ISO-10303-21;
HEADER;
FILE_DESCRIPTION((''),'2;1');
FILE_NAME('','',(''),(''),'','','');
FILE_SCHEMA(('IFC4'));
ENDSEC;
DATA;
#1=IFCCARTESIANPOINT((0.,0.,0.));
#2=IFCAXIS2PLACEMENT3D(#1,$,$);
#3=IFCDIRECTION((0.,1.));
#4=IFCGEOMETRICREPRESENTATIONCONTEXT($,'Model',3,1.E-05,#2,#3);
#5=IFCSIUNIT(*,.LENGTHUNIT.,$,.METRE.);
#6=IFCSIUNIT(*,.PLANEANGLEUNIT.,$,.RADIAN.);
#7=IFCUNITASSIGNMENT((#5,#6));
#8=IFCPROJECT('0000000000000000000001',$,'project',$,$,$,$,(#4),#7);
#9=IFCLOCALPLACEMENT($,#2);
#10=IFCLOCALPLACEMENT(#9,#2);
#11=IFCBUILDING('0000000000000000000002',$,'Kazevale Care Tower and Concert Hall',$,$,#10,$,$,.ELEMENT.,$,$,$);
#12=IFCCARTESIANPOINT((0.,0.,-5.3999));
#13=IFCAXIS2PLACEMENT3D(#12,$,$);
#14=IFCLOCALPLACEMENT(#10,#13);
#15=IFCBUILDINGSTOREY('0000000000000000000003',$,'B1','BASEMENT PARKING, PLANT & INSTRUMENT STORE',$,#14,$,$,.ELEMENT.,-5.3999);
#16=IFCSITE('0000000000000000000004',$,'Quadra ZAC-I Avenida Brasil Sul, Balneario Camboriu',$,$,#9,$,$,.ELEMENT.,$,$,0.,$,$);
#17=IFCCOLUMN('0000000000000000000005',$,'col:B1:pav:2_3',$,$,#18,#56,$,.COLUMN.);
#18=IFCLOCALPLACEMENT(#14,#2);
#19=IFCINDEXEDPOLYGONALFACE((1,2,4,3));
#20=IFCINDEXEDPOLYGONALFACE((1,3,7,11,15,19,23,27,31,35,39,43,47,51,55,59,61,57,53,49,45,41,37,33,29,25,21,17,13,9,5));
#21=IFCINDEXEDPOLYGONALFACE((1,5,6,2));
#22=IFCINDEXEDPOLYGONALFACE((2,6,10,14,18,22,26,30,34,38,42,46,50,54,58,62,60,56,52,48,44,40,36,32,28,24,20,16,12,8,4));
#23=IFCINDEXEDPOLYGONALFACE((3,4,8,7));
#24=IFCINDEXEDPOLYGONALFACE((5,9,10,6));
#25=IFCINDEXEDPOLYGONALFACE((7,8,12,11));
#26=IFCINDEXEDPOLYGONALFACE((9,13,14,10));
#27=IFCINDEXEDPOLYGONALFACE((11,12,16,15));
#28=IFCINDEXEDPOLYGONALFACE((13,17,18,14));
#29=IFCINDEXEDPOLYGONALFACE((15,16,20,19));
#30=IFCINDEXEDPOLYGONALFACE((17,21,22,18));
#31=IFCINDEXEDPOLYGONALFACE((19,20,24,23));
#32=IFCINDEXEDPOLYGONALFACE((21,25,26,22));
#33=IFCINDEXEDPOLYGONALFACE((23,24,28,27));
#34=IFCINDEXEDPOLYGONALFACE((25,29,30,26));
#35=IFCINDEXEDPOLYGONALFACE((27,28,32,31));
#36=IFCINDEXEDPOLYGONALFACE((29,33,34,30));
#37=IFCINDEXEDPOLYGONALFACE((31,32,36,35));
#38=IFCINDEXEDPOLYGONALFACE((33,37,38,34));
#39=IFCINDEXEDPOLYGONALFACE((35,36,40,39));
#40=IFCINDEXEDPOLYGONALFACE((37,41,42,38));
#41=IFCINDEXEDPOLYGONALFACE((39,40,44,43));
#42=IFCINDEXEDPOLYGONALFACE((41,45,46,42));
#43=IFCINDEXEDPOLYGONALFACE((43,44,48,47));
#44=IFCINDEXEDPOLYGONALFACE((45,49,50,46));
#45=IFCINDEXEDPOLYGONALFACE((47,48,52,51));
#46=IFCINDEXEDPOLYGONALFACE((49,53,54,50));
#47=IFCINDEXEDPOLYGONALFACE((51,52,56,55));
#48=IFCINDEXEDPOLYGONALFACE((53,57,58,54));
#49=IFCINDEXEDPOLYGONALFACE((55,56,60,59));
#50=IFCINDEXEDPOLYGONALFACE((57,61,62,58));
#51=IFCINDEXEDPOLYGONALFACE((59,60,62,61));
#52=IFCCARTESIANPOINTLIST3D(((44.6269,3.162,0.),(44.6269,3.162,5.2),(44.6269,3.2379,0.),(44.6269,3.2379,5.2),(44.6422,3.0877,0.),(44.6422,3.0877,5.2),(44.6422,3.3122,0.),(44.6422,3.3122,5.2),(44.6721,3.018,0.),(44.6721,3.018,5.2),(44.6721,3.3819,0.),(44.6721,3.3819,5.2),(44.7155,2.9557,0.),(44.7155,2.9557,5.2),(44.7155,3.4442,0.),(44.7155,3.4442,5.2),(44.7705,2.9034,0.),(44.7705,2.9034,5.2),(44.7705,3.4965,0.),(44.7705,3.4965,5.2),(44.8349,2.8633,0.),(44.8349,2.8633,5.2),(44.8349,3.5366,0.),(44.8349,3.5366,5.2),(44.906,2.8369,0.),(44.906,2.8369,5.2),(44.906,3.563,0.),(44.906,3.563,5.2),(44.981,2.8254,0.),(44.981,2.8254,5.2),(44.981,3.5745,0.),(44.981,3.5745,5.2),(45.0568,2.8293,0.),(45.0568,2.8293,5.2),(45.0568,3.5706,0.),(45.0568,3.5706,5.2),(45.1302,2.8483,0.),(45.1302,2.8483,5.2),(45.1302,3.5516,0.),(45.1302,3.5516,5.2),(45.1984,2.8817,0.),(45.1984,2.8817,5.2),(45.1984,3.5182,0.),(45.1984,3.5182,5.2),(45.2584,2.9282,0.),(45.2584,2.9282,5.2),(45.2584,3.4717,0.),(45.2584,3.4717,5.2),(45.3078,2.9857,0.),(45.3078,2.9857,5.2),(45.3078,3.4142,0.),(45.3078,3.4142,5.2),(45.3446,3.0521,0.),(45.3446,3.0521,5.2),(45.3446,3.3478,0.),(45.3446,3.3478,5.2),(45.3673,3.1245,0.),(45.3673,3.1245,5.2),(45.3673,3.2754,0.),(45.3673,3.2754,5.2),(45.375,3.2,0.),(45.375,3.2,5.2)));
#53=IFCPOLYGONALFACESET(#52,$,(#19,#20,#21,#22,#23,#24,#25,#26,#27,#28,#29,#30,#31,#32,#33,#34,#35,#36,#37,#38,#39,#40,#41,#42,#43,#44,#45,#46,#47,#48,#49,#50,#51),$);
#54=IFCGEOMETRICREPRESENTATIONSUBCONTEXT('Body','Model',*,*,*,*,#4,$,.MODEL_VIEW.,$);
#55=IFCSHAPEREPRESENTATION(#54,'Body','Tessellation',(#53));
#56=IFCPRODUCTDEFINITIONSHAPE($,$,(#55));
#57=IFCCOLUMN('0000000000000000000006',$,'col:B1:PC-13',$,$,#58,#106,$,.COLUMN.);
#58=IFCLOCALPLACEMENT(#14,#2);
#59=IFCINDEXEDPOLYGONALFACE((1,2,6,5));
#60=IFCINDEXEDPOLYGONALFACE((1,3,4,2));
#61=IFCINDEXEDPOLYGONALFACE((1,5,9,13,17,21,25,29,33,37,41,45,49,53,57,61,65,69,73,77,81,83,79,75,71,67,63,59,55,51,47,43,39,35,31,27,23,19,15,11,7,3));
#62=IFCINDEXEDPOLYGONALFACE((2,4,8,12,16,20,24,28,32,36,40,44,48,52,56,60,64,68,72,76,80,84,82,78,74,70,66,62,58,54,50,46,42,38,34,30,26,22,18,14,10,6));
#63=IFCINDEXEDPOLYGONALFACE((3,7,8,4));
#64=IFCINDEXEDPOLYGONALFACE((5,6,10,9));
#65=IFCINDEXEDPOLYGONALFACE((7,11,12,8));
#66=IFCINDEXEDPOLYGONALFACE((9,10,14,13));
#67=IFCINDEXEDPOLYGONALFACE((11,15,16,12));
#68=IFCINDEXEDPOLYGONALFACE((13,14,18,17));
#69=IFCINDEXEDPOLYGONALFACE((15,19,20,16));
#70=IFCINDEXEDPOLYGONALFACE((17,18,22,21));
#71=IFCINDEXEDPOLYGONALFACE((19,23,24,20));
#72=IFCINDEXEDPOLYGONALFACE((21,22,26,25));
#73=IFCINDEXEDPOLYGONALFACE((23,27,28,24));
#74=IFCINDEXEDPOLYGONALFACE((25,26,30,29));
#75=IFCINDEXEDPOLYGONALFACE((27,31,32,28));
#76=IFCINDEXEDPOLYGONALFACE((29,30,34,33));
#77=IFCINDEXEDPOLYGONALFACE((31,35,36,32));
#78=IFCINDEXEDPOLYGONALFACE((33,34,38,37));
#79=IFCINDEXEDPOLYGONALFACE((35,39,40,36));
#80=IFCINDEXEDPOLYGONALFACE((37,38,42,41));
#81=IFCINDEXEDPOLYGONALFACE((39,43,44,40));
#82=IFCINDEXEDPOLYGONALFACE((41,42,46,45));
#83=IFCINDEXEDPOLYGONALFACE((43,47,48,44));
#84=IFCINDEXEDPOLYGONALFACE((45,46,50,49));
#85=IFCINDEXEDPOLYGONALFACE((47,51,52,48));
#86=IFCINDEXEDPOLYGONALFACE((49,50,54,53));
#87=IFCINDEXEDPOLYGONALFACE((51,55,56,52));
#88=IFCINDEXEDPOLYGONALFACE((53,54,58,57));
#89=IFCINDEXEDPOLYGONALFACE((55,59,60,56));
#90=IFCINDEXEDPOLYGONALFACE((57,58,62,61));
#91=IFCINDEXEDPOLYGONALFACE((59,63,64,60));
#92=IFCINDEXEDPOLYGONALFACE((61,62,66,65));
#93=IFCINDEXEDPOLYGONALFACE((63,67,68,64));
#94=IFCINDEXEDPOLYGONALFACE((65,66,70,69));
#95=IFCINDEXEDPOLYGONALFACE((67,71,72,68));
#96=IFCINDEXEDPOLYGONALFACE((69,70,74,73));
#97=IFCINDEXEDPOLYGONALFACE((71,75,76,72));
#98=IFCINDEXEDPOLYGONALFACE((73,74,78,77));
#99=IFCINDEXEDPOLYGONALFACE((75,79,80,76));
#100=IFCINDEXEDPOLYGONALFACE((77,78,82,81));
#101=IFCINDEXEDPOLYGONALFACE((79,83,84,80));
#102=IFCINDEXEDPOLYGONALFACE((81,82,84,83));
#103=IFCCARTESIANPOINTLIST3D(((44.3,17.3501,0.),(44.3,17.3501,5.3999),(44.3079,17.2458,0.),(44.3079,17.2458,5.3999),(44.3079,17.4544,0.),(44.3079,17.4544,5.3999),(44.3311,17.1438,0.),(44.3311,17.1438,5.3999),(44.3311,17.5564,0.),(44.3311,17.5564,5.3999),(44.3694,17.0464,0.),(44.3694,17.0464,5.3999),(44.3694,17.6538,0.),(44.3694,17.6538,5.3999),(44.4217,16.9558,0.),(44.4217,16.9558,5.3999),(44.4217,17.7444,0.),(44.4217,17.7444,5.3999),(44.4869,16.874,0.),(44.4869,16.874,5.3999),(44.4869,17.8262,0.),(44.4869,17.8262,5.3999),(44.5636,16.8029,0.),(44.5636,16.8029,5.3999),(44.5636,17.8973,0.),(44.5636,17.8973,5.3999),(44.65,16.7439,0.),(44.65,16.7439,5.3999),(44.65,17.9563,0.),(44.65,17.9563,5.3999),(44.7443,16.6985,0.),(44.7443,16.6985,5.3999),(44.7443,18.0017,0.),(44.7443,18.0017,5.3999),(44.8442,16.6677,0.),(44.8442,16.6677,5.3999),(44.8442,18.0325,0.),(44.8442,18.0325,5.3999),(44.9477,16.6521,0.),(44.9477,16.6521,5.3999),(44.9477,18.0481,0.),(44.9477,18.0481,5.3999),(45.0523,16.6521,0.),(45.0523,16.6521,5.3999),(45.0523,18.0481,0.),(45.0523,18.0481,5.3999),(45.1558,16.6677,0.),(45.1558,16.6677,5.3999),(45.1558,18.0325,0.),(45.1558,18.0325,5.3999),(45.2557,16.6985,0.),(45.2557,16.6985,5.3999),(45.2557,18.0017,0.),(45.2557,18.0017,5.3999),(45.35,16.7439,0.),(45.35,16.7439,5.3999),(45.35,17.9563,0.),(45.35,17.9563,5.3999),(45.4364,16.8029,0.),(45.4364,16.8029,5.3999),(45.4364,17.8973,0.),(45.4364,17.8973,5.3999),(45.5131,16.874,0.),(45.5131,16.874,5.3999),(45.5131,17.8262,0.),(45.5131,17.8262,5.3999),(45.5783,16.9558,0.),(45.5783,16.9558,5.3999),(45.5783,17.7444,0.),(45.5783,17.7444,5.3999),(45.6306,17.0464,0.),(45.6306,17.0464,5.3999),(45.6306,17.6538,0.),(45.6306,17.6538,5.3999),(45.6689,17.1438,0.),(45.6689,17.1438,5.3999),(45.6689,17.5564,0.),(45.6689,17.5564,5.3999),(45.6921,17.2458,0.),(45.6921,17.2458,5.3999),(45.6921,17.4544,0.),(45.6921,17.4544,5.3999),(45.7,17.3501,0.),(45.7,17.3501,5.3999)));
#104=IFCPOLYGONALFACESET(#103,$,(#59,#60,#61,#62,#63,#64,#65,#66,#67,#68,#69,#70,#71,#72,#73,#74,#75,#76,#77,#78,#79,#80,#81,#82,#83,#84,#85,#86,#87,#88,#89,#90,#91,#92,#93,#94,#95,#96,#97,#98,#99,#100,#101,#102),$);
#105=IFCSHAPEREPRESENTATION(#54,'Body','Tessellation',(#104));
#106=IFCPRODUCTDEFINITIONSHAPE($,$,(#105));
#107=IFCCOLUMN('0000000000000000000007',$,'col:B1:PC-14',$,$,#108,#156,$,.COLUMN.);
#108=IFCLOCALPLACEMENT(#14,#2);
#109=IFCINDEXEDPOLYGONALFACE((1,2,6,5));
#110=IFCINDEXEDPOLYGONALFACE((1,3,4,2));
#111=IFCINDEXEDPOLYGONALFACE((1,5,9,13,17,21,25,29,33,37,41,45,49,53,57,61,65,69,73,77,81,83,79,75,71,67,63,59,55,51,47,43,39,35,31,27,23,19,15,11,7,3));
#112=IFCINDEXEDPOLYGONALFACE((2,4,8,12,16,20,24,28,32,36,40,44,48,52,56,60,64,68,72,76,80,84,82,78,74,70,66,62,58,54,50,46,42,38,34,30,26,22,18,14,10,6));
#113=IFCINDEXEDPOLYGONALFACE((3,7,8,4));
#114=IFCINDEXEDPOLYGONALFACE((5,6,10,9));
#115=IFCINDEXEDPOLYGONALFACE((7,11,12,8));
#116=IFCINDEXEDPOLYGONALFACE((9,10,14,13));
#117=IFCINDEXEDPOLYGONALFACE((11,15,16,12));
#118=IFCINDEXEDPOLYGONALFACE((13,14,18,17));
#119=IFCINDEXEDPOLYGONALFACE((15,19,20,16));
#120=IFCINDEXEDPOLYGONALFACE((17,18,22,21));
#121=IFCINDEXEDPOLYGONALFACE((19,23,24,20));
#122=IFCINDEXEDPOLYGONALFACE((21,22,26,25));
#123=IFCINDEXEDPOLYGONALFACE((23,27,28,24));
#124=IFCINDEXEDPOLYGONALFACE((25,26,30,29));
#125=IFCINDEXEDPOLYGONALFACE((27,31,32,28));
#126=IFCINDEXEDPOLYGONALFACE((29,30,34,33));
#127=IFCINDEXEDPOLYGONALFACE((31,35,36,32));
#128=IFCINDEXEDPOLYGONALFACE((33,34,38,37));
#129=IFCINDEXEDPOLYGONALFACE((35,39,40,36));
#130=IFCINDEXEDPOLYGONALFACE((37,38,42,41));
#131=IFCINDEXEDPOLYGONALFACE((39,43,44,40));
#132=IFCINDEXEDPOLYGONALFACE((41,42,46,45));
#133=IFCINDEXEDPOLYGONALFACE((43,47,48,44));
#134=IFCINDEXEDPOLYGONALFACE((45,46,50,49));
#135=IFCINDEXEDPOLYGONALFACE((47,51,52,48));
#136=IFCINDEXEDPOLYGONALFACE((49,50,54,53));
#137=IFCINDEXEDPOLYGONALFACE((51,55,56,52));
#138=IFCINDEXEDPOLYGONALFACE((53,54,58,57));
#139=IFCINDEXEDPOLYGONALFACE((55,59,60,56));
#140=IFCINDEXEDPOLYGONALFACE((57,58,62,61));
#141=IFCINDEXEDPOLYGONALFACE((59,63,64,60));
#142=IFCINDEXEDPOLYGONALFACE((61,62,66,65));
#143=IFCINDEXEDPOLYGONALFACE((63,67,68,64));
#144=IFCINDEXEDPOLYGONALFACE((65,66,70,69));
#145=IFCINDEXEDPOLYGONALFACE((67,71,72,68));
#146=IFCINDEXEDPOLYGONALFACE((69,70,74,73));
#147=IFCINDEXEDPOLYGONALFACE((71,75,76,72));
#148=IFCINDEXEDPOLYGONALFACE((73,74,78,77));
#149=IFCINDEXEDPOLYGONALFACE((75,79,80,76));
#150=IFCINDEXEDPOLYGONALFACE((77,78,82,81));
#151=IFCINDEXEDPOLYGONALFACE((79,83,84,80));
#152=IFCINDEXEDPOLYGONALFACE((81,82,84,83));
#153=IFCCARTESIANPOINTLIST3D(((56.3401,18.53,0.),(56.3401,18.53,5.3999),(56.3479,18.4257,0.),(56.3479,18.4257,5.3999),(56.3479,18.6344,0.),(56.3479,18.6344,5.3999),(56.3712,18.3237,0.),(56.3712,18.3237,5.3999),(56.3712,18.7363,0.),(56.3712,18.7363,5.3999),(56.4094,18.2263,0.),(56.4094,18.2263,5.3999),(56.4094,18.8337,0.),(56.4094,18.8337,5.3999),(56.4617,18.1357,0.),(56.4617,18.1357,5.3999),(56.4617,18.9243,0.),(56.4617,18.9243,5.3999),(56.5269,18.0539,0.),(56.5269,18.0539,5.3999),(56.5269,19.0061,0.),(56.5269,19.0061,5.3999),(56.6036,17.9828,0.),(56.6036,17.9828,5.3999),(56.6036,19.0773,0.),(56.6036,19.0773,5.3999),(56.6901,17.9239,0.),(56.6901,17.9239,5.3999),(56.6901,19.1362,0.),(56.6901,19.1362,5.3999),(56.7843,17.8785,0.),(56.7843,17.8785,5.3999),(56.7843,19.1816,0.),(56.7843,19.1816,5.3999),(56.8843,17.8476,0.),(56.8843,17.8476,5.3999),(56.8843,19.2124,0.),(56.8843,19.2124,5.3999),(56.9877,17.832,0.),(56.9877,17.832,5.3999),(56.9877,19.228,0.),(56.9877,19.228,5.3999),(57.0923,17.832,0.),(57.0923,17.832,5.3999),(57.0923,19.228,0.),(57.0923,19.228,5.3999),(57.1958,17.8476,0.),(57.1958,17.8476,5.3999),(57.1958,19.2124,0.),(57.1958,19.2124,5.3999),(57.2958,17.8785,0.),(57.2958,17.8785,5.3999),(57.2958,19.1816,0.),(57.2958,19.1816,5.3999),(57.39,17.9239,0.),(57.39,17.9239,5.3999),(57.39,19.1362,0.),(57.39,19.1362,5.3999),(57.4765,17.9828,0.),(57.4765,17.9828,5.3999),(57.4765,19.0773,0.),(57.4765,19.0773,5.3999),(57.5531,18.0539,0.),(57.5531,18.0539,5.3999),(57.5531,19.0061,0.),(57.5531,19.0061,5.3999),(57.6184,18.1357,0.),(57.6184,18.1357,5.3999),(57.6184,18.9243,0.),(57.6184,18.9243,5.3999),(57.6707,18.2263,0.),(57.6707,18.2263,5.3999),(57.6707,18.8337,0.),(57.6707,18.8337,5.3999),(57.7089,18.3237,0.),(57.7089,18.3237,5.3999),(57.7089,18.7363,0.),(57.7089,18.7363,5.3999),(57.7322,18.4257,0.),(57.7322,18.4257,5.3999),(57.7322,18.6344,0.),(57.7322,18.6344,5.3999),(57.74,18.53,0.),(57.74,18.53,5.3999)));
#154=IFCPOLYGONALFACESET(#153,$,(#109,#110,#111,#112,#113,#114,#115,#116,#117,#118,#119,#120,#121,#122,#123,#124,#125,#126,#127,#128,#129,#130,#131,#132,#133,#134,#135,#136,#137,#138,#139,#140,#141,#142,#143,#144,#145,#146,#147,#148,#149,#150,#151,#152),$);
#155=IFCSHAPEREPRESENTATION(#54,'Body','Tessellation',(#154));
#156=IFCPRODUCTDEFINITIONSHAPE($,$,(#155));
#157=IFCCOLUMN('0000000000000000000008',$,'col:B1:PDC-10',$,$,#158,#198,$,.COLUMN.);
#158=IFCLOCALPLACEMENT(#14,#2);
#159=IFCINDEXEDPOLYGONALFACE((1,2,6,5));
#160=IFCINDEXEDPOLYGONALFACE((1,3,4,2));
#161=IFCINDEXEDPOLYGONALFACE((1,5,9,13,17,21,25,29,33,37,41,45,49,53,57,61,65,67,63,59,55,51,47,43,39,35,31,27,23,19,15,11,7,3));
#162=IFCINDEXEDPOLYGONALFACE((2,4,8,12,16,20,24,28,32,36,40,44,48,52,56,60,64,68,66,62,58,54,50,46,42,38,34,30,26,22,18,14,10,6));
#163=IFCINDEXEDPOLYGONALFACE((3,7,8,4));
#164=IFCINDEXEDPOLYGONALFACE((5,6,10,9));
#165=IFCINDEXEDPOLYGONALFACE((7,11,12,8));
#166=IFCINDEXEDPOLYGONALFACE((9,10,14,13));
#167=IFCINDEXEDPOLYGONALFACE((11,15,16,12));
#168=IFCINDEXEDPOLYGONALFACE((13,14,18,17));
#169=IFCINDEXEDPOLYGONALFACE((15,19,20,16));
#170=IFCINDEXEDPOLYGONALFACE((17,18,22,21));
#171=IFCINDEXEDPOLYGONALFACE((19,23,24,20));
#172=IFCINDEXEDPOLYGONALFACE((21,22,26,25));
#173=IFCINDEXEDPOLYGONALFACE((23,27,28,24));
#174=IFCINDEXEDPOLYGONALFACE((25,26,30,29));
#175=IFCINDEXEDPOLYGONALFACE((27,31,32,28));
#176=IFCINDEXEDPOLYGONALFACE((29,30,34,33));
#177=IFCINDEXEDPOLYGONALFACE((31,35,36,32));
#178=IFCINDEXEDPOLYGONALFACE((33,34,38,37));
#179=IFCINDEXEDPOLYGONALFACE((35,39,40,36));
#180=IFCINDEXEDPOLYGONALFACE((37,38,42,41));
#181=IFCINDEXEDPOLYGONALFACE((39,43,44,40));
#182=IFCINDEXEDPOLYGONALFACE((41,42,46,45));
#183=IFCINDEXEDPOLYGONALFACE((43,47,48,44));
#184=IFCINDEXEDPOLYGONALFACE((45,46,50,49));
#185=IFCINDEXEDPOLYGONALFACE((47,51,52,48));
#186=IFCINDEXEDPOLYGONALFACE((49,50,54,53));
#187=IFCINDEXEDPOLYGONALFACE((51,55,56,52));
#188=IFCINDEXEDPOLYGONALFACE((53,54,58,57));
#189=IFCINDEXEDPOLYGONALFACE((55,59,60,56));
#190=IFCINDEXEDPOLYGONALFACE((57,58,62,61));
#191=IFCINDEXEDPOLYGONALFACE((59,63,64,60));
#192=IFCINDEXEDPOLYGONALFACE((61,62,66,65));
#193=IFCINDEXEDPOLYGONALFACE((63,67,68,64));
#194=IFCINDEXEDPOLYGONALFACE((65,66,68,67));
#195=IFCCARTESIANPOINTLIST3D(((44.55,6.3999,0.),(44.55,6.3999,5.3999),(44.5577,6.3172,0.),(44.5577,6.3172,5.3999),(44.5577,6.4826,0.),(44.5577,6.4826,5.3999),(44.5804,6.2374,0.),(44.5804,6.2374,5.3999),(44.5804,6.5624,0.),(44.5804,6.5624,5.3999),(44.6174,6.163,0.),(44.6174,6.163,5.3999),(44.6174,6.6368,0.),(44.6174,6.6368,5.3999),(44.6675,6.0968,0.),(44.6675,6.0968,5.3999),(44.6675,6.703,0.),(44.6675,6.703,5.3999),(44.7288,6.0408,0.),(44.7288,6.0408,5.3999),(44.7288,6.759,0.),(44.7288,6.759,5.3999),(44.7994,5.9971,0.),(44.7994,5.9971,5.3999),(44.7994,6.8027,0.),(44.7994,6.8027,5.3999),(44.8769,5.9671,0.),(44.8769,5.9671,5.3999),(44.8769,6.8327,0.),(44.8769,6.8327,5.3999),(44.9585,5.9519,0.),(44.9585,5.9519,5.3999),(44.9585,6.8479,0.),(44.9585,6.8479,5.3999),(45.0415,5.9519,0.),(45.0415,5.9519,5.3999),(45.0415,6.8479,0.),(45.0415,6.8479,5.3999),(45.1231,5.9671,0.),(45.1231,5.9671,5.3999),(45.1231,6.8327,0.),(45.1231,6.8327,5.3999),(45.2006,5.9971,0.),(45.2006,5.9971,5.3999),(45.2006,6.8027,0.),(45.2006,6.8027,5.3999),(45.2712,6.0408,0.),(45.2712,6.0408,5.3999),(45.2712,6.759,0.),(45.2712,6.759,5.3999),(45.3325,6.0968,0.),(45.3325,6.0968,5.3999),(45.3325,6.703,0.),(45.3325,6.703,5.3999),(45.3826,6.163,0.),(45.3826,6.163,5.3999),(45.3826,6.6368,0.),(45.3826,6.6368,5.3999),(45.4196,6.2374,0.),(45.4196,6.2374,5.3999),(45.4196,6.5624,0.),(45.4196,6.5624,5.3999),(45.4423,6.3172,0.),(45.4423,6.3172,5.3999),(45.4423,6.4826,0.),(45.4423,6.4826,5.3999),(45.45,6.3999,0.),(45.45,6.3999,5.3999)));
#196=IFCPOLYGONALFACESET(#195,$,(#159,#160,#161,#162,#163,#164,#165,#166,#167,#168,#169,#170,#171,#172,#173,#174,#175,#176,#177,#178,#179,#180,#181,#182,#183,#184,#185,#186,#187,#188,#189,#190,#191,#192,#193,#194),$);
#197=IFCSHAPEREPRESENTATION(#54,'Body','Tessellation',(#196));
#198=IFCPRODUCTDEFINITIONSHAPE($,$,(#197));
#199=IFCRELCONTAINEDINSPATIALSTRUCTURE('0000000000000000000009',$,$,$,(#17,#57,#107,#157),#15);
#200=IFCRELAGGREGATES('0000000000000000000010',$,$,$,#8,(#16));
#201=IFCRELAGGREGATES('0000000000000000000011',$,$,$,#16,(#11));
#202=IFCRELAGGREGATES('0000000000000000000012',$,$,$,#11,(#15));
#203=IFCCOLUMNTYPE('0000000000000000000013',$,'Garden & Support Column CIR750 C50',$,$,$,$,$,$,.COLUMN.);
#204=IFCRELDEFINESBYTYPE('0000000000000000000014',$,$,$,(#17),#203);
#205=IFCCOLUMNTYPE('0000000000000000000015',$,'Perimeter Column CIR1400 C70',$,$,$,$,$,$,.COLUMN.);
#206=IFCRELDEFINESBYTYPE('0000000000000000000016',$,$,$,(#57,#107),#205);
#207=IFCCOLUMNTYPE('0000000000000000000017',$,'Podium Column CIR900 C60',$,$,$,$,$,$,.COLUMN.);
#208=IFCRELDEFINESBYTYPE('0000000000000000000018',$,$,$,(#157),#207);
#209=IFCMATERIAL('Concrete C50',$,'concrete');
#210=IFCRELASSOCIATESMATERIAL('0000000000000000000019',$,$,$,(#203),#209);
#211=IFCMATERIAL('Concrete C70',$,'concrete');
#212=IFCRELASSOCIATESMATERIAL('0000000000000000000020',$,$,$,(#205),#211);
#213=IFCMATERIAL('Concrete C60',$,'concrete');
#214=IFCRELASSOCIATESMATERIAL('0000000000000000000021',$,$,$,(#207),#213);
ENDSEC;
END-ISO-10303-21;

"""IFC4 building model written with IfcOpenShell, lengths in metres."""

from ifc_helpers import new_model, si_unit, direction, frame, origin, origin_2d, place, context, subcontext, project, spatial, circle, extrude, material, material_profile, profile_set, type_object, element, save


model = new_model("IFC4")

# Units and contexts
model_context = context("Model", 3, precision=1e-05, world=origin(), true_north=direction((0.0, 1.0)))
body_context = subcontext(model_context, "Body", "Model", "MODEL_VIEW")
ifc_project = project(units=[si_unit("LENGTHUNIT", "METRE"), si_unit("PLANEANGLEUNIT", "RADIAN")], contexts=[model_context])

# Site, building, storey
site_placement = place(None, origin())
site = spatial("IfcSite", under=ifc_project, at=site_placement, Name="Quadra ZAC-I Avenida Brasil Sul, Balneario Camboriu", CompositionType="ELEMENT", RefElevation=0.0)
building_placement = place(site_placement, origin())
building = spatial("IfcBuilding", under=site, at=building_placement, Name="Kazevale Care Tower and Concert Hall", CompositionType="ELEMENT")
storey_placement = place(building_placement, frame((0.0, 0.0, -5.3999)))
storey = spatial("IfcBuildingStorey", under=building, at=storey_placement, Name="B1", Description="BASEMENT PARKING, PLANT & INSTRUMENT STORE", CompositionType="ELEMENT", Elevation=-5.3999)

# Shared definitions
ifc_material_1 = material(Name="Concrete C50", Category="concrete")

# Columns
ifc_material_2 = material(Name="Concrete C70", Category="concrete")
ifc_material_profile_1 = material_profile(ifc_material_1, circle(Radius=0.375, at=origin_2d()), Name="RC-CIR750")
ifc_profile_set_1 = profile_set([ifc_material_profile_1], Name="Concrete C50")
column_type_1 = type_object("IfcColumnType", Name="Garden & Support Column CIR750 C50", PredefinedType="COLUMN", material=ifc_profile_set_1)
column_1_placement = place(storey_placement, frame((45.0, 3.2, 0.0), z_axis=(0.0, 0.0, 1.0), x_axis=(1.0, 0.0, 0.0)))
element("IfcColumn", 1, at=column_1_placement, inside=storey, type_object=column_type_1, Name="col:B1:pav:2_3", PredefinedType="COLUMN", context=body_context, shape_type="SweptSolid", body=[
    extrude(circle(Radius=0.375, at=origin_2d()), origin(), (0.0, 0.0, 1.0), 5.2),
])
ifc_material_profile_2 = material_profile(ifc_material_2, circle(Radius=0.7, at=origin_2d()), Name="RC-CIR1400")
ifc_profile_set_2 = profile_set([ifc_material_profile_2], Name="Concrete C70")
column_type_2 = type_object("IfcColumnType", Name="Perimeter Column CIR1400 C70", PredefinedType="COLUMN", material=ifc_profile_set_2)
for number, where, z_axis, x_axis, name in (
    (2, (45.0, 17.3501, 0.0), (0.0, 0.0, 1.0), (1.0, 0.0, 0.0), "col:B1:PC-13"),
    (3, (57.04, 18.53, 0.0), (0.0, 0.0, 1.0), (1.0, 0.0, 0.0), "col:B1:PC-14"),
):
    element("IfcColumn", number, at=place(storey_placement, frame(where, z_axis=z_axis, x_axis=x_axis)), inside=storey, type_object=column_type_2, Name=name, PredefinedType="COLUMN", context=body_context, shape_type="SweptSolid", body=[
        extrude(circle(Radius=0.7, at=origin_2d()), origin(), (0.0, 0.0, 1.0), 5.3999),
    ])
ifc_material_3 = material(Name="Concrete C60", Category="concrete")
ifc_material_profile_3 = material_profile(ifc_material_3, circle(Radius=0.45, at=origin_2d()), Name="RC-CIR900")
ifc_profile_set_3 = profile_set([ifc_material_profile_3], Name="Concrete C60")
column_type_3 = type_object("IfcColumnType", Name="Podium Column CIR900 C60", PredefinedType="COLUMN", material=ifc_profile_set_3)
column_2_placement = place(storey_placement, frame((45.0, 6.3999, 0.0), z_axis=(0.0, 0.0, 1.0), x_axis=(1.0, 0.0, 0.0)))
element("IfcColumn", 4, at=column_2_placement, inside=storey, type_object=column_type_3, Name="col:B1:PDC-10", PredefinedType="COLUMN", context=body_context, shape_type="SweptSolid", body=[
    extrude(circle(Radius=0.45, at=origin_2d()), origin(), (0.0, 0.0, 1.0), 5.3999),
])

save(model, "model.ifc")
